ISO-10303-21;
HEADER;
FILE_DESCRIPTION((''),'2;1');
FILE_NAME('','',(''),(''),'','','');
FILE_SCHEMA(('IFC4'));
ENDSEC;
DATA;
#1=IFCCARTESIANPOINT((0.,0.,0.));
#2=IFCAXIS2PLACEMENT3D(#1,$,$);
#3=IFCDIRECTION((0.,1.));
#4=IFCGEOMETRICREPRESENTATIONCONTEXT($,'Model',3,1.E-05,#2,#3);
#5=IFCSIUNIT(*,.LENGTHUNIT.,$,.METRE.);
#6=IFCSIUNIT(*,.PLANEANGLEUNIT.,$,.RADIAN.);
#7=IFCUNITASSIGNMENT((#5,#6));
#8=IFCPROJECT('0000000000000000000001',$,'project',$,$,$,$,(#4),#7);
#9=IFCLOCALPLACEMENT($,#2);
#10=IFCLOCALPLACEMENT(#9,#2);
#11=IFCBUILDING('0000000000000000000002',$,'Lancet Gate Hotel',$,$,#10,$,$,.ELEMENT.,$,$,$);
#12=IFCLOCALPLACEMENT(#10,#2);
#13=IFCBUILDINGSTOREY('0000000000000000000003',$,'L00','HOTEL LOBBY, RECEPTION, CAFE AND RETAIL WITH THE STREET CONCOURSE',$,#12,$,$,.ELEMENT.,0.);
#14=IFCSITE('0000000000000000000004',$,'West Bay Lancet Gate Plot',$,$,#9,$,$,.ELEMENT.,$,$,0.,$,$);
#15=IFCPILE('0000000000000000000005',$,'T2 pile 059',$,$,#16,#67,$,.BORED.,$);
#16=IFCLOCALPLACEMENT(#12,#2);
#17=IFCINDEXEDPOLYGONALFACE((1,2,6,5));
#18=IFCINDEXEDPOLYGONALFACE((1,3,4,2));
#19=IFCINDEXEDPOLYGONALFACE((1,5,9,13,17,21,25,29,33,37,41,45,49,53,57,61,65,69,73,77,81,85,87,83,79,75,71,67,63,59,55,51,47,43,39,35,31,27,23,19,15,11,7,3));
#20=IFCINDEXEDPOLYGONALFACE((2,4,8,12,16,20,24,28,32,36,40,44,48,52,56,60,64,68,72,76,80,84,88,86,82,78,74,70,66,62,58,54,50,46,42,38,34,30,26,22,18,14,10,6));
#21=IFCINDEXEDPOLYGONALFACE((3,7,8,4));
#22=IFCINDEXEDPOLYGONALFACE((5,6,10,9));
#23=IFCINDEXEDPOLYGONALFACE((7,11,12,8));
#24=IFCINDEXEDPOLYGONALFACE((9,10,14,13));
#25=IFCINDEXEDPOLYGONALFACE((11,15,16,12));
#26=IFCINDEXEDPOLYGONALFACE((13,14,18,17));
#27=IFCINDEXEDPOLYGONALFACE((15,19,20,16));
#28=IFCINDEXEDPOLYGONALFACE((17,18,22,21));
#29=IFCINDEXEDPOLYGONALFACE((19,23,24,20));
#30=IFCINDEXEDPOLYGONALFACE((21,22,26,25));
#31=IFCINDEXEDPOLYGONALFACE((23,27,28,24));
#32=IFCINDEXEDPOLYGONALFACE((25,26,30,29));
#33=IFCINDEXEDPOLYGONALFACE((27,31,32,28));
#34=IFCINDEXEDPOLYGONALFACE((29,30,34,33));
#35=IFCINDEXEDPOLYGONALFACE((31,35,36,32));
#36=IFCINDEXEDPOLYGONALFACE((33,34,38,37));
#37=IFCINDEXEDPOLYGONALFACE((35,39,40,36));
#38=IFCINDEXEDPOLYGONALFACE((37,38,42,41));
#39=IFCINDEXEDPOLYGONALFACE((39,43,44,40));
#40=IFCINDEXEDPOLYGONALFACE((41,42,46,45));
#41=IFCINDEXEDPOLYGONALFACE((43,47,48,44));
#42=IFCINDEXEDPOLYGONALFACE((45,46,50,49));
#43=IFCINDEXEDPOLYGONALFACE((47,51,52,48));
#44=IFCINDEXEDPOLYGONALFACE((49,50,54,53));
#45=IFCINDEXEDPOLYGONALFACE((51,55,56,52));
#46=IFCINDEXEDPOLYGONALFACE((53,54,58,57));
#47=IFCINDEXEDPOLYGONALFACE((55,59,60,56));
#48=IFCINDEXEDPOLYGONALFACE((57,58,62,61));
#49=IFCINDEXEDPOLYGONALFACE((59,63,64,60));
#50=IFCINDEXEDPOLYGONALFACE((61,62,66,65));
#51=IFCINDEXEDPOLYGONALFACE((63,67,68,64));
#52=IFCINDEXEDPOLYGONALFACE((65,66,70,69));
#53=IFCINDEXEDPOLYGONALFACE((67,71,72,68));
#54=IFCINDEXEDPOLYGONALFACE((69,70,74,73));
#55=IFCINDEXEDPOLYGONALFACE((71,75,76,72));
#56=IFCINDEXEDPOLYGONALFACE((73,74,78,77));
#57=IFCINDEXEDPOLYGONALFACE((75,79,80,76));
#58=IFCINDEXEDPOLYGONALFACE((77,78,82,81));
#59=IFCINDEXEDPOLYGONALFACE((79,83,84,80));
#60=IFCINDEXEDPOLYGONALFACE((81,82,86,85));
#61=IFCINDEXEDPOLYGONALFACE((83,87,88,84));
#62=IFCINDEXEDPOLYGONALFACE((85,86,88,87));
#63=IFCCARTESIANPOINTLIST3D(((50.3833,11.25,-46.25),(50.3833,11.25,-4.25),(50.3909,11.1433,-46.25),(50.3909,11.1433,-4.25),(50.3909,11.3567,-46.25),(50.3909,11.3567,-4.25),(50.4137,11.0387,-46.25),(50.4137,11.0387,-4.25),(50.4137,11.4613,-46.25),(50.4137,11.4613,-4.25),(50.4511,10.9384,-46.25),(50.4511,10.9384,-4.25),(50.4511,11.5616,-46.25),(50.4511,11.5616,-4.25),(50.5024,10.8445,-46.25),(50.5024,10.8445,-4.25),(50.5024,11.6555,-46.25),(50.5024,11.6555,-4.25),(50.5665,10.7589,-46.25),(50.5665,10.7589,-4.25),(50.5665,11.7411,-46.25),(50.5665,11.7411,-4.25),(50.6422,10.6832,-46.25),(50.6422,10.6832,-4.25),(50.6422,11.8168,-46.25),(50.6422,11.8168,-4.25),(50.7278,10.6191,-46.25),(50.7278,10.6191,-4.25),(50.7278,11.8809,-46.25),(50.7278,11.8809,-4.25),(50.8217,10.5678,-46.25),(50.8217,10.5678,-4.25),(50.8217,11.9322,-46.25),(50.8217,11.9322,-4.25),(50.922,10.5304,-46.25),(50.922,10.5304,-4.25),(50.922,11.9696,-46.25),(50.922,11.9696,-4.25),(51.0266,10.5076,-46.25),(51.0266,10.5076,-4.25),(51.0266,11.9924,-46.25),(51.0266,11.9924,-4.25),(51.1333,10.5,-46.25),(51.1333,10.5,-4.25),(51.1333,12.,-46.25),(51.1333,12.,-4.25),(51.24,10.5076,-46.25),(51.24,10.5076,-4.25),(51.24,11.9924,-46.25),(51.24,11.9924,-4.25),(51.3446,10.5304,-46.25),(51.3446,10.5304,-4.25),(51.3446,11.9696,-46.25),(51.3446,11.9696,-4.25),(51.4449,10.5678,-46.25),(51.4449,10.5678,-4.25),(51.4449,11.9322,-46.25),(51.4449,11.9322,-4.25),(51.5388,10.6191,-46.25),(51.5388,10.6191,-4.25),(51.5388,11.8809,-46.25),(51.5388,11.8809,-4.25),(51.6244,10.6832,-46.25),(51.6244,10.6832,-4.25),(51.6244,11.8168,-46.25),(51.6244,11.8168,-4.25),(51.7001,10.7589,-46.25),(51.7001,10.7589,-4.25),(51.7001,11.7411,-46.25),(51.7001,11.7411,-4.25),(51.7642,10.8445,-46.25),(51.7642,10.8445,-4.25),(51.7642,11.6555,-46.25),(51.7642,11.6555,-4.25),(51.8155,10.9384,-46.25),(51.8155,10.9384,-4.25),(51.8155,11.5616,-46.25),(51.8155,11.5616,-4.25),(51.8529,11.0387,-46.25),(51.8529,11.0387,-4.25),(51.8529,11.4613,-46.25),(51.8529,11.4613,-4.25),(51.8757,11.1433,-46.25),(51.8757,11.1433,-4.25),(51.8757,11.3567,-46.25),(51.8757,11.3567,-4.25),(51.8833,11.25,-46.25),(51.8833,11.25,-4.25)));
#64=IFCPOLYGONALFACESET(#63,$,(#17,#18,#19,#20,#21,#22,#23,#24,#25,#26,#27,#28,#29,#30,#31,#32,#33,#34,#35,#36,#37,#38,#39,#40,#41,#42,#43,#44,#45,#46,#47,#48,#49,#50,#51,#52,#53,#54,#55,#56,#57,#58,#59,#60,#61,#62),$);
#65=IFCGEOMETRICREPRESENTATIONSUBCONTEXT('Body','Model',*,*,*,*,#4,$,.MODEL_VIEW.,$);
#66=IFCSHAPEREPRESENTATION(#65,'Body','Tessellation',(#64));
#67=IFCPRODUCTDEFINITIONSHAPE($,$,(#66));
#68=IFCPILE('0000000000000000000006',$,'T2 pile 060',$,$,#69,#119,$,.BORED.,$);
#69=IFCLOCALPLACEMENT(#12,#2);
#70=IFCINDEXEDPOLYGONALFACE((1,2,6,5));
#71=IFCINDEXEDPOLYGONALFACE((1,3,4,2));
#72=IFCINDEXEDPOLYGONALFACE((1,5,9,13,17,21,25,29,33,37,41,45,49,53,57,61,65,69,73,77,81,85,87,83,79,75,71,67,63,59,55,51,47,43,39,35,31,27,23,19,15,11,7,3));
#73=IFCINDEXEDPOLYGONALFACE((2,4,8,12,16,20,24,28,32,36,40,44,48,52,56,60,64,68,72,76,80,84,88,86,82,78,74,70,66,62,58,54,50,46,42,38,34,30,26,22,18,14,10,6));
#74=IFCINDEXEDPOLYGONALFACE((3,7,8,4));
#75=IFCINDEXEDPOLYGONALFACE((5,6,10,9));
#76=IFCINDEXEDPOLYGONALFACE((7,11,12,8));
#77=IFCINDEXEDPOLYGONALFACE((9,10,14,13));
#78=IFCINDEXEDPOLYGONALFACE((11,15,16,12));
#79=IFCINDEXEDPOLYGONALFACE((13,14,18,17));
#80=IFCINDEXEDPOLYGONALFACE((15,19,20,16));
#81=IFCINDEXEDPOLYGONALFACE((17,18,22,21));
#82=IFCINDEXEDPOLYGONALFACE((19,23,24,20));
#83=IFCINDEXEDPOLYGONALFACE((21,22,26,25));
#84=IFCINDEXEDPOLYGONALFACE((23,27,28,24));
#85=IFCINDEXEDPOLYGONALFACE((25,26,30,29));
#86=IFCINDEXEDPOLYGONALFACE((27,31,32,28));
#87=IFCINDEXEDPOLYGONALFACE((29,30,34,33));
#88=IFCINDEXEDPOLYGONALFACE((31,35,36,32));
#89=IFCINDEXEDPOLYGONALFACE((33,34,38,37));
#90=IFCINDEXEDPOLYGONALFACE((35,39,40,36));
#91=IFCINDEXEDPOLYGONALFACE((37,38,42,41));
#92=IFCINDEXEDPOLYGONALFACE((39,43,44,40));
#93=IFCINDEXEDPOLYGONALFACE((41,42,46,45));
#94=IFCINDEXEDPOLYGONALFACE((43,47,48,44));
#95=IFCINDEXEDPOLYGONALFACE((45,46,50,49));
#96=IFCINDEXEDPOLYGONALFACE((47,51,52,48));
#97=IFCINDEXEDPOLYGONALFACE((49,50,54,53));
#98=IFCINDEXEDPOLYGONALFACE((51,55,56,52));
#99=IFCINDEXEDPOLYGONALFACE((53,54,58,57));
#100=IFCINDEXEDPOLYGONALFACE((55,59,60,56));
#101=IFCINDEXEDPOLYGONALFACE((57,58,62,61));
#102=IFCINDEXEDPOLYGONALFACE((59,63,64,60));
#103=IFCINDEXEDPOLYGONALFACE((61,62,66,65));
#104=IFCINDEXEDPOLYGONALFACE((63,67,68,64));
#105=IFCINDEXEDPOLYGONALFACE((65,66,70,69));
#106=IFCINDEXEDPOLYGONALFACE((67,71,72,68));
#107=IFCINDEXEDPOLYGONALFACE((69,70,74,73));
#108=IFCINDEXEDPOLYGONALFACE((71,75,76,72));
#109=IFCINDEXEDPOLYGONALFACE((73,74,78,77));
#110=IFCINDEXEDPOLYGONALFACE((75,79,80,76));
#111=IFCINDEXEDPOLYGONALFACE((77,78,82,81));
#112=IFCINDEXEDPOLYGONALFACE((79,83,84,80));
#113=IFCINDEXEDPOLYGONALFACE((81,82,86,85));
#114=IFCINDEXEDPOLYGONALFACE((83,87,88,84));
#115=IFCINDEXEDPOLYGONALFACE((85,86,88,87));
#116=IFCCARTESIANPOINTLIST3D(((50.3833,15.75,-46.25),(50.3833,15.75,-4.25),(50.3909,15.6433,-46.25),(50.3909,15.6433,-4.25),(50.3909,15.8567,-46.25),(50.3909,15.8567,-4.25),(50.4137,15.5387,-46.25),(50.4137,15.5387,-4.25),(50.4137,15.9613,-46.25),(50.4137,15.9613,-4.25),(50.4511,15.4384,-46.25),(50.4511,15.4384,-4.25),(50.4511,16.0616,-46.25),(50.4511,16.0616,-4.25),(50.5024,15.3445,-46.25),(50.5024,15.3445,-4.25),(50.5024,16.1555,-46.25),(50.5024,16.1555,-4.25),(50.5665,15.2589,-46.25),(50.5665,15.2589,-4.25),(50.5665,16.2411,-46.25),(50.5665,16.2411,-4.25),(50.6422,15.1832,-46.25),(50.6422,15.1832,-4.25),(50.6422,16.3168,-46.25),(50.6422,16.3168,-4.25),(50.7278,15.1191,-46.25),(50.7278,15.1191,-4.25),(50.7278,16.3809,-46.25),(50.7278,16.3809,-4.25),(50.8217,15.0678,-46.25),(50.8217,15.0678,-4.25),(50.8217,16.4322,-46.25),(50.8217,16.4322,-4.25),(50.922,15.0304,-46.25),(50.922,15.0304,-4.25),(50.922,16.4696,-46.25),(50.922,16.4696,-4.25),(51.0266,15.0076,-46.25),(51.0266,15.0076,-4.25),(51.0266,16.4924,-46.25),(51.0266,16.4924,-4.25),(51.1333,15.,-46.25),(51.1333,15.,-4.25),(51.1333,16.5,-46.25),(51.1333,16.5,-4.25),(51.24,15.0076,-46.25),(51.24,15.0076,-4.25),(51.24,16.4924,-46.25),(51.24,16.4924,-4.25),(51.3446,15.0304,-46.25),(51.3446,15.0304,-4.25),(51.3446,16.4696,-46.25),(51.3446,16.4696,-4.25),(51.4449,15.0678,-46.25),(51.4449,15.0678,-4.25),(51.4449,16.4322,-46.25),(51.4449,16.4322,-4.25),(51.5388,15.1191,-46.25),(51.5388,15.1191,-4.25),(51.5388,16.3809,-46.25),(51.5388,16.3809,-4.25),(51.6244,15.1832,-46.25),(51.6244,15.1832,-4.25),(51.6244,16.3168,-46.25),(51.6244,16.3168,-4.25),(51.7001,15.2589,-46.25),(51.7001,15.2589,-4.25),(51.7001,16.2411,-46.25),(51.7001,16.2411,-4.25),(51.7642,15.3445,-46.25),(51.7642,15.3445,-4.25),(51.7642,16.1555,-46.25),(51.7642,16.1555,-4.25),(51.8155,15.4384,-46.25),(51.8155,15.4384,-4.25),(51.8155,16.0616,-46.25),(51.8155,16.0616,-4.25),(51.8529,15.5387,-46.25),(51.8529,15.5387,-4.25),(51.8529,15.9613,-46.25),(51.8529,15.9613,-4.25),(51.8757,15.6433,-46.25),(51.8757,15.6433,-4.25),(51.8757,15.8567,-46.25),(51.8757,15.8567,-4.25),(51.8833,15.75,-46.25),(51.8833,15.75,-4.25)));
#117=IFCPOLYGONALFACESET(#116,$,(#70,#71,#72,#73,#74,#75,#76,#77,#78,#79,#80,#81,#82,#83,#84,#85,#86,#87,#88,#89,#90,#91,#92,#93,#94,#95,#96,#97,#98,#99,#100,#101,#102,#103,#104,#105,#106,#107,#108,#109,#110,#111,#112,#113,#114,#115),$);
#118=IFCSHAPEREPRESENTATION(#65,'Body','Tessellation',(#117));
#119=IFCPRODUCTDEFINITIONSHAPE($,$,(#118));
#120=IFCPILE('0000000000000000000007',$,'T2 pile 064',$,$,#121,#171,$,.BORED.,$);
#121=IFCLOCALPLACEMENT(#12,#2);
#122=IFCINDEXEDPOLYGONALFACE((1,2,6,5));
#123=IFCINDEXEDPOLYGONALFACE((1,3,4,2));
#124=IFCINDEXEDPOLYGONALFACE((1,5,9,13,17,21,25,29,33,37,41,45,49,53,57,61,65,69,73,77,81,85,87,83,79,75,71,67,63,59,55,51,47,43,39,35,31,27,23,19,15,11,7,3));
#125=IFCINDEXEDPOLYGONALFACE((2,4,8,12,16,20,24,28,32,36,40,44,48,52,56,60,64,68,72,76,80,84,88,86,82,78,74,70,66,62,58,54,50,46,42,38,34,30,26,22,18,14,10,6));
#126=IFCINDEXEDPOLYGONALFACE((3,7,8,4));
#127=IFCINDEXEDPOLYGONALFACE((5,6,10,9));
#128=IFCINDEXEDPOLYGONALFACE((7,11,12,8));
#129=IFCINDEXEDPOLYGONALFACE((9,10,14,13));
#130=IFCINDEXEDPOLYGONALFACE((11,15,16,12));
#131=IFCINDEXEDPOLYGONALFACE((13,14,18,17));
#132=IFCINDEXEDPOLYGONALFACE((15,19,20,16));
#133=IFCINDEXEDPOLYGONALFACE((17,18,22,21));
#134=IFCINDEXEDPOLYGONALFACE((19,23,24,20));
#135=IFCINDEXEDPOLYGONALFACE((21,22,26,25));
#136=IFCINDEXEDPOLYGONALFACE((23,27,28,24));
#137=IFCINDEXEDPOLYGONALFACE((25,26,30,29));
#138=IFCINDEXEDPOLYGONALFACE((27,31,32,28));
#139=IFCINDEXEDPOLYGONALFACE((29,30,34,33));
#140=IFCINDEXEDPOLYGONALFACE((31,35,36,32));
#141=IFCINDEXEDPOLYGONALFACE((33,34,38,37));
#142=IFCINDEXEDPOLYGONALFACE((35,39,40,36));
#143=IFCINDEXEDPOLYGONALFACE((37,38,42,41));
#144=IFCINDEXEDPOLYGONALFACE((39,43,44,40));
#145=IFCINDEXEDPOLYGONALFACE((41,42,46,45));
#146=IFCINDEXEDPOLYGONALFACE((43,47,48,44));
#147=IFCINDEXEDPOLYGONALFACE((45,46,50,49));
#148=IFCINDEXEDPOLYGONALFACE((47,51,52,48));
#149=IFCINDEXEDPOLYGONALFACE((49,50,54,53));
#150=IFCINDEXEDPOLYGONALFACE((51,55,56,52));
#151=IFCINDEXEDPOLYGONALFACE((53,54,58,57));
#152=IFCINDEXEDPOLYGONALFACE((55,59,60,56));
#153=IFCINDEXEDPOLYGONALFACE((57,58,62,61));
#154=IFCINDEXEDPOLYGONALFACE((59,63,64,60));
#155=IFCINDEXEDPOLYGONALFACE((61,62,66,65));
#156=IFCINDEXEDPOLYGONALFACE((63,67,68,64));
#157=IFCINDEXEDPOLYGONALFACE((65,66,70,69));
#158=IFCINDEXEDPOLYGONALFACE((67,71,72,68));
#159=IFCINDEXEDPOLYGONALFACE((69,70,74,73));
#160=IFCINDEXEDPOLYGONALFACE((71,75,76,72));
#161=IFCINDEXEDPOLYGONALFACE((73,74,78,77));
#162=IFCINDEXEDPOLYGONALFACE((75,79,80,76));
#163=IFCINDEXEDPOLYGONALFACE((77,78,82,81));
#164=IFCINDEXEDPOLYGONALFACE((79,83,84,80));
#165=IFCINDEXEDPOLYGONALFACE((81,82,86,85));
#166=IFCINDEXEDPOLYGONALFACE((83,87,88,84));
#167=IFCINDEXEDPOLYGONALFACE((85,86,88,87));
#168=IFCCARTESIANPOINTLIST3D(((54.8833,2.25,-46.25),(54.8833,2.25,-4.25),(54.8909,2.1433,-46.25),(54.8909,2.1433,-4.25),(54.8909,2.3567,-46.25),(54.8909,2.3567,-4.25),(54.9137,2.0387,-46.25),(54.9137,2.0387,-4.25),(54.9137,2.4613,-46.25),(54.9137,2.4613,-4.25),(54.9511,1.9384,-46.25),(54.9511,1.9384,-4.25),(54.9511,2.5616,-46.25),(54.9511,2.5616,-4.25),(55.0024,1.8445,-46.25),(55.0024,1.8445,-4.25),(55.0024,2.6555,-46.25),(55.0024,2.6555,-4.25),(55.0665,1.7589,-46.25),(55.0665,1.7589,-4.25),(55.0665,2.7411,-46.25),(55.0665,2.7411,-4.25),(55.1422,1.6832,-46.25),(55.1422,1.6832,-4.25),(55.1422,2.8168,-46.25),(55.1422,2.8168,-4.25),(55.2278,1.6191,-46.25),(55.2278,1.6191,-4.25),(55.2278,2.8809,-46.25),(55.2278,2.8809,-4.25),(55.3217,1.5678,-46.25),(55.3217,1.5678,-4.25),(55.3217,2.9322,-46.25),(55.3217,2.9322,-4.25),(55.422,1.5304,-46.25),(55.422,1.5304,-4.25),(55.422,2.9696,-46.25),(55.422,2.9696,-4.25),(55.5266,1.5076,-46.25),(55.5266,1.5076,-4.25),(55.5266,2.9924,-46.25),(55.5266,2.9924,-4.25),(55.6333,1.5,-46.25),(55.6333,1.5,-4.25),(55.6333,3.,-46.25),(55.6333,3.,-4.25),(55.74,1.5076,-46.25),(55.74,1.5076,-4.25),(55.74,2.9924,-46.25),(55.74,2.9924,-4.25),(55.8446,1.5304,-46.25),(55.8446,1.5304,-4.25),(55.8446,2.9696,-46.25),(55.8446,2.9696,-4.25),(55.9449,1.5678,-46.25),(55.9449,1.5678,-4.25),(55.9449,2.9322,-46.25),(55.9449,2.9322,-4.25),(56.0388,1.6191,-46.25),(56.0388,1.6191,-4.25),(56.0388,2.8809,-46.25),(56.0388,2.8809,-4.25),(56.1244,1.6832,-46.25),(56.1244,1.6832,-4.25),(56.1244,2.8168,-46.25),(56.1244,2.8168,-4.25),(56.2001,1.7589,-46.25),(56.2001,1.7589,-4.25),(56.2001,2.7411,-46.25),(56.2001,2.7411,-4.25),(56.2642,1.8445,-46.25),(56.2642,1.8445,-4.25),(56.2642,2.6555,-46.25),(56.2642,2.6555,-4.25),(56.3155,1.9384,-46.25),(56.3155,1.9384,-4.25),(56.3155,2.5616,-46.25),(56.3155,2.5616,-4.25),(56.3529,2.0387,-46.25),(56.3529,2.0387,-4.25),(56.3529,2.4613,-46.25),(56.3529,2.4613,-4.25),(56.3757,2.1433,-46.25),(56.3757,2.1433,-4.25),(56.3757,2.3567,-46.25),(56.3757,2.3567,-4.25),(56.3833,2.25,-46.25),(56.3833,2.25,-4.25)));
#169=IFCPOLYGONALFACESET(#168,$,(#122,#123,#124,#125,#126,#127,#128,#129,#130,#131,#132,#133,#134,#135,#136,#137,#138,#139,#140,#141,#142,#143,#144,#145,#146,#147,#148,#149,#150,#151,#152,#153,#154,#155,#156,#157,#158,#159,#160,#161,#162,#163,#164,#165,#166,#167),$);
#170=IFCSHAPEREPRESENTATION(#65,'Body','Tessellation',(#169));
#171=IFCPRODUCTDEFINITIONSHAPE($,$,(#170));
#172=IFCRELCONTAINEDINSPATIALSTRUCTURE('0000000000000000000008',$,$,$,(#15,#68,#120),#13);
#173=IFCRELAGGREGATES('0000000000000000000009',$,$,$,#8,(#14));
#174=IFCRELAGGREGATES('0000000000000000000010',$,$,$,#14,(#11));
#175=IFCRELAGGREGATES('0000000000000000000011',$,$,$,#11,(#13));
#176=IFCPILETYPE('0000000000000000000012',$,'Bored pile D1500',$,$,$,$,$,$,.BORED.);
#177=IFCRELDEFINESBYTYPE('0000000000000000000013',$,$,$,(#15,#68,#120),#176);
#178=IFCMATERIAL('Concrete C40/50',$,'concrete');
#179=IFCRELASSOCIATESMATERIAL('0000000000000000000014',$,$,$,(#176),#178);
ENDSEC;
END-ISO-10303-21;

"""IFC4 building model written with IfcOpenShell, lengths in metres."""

from ifc_helpers import new_model, si_unit, direction, frame, origin, origin_2d, place, context, subcontext, project, spatial, circle, extrude, material, material_profile, profile_set, type_object, element, save


model = new_model("IFC4")

# Units and contexts
model_context = context("Model", 3, precision=1e-05, world=origin(), true_north=direction((0.0, 1.0)))
body_context = subcontext(model_context, "Body", "Model", "MODEL_VIEW")
ifc_project = project(units=[si_unit("LENGTHUNIT", "METRE"), si_unit("PLANEANGLEUNIT", "RADIAN")], contexts=[model_context])

# Site, building, storey
site_placement = place(None, origin())
site = spatial("IfcSite", under=ifc_project, at=site_placement, Name="West Bay Lancet Gate Plot", CompositionType="ELEMENT", RefElevation=0.0)
building_placement = place(site_placement, origin())
building = spatial("IfcBuilding", under=site, at=building_placement, Name="Lancet Gate Hotel", CompositionType="ELEMENT")
storey_placement = place(building_placement, origin())
storey = spatial("IfcBuildingStorey", under=building, at=storey_placement, Name="L00", Description="HOTEL LOBBY, RECEPTION, CAFE AND RETAIL WITH THE STREET CONCOURSE", CompositionType="ELEMENT", Elevation=0.0)

# Piles
ifc_material_1 = material(Name="Concrete C40/50", Category="concrete")
ifc_material_profile_1 = material_profile(ifc_material_1, circle(Radius=0.75, at=origin_2d()), Name="PILE D1500")
ifc_profile_set_1 = profile_set([ifc_material_profile_1], Name="Concrete C40/50")
pile_type = type_object("IfcPileType", Name="Bored pile D1500", PredefinedType="BORED", material=ifc_profile_set_1)
for number, where, z_axis, x_axis, name in (
    (1, (51.1333, 11.25, -4.25), (0.0, 0.0, -1.0), (1.0, 0.0, 0.0), "T2 pile 059"),
    (2, (51.1333, 15.75, -4.25), (0.0, 0.0, -1.0), (1.0, 0.0, 0.0), "T2 pile 060"),
    (3, (55.6333, 2.25, -4.25), (0.0, 0.0, -1.0), (1.0, 0.0, 0.0), "T2 pile 064"),
):
    element("IfcPile", number, at=place(storey_placement, frame(where, z_axis=z_axis, x_axis=x_axis)), inside=storey, type_object=pile_type, Name=name, PredefinedType="BORED", context=body_context, shape_type="SweptSolid", body=[
        extrude(circle(Radius=0.75, at=origin_2d()), origin(), (0.0, 0.0, 1.0), 42.0),
    ])

save(model, "model.ifc")
